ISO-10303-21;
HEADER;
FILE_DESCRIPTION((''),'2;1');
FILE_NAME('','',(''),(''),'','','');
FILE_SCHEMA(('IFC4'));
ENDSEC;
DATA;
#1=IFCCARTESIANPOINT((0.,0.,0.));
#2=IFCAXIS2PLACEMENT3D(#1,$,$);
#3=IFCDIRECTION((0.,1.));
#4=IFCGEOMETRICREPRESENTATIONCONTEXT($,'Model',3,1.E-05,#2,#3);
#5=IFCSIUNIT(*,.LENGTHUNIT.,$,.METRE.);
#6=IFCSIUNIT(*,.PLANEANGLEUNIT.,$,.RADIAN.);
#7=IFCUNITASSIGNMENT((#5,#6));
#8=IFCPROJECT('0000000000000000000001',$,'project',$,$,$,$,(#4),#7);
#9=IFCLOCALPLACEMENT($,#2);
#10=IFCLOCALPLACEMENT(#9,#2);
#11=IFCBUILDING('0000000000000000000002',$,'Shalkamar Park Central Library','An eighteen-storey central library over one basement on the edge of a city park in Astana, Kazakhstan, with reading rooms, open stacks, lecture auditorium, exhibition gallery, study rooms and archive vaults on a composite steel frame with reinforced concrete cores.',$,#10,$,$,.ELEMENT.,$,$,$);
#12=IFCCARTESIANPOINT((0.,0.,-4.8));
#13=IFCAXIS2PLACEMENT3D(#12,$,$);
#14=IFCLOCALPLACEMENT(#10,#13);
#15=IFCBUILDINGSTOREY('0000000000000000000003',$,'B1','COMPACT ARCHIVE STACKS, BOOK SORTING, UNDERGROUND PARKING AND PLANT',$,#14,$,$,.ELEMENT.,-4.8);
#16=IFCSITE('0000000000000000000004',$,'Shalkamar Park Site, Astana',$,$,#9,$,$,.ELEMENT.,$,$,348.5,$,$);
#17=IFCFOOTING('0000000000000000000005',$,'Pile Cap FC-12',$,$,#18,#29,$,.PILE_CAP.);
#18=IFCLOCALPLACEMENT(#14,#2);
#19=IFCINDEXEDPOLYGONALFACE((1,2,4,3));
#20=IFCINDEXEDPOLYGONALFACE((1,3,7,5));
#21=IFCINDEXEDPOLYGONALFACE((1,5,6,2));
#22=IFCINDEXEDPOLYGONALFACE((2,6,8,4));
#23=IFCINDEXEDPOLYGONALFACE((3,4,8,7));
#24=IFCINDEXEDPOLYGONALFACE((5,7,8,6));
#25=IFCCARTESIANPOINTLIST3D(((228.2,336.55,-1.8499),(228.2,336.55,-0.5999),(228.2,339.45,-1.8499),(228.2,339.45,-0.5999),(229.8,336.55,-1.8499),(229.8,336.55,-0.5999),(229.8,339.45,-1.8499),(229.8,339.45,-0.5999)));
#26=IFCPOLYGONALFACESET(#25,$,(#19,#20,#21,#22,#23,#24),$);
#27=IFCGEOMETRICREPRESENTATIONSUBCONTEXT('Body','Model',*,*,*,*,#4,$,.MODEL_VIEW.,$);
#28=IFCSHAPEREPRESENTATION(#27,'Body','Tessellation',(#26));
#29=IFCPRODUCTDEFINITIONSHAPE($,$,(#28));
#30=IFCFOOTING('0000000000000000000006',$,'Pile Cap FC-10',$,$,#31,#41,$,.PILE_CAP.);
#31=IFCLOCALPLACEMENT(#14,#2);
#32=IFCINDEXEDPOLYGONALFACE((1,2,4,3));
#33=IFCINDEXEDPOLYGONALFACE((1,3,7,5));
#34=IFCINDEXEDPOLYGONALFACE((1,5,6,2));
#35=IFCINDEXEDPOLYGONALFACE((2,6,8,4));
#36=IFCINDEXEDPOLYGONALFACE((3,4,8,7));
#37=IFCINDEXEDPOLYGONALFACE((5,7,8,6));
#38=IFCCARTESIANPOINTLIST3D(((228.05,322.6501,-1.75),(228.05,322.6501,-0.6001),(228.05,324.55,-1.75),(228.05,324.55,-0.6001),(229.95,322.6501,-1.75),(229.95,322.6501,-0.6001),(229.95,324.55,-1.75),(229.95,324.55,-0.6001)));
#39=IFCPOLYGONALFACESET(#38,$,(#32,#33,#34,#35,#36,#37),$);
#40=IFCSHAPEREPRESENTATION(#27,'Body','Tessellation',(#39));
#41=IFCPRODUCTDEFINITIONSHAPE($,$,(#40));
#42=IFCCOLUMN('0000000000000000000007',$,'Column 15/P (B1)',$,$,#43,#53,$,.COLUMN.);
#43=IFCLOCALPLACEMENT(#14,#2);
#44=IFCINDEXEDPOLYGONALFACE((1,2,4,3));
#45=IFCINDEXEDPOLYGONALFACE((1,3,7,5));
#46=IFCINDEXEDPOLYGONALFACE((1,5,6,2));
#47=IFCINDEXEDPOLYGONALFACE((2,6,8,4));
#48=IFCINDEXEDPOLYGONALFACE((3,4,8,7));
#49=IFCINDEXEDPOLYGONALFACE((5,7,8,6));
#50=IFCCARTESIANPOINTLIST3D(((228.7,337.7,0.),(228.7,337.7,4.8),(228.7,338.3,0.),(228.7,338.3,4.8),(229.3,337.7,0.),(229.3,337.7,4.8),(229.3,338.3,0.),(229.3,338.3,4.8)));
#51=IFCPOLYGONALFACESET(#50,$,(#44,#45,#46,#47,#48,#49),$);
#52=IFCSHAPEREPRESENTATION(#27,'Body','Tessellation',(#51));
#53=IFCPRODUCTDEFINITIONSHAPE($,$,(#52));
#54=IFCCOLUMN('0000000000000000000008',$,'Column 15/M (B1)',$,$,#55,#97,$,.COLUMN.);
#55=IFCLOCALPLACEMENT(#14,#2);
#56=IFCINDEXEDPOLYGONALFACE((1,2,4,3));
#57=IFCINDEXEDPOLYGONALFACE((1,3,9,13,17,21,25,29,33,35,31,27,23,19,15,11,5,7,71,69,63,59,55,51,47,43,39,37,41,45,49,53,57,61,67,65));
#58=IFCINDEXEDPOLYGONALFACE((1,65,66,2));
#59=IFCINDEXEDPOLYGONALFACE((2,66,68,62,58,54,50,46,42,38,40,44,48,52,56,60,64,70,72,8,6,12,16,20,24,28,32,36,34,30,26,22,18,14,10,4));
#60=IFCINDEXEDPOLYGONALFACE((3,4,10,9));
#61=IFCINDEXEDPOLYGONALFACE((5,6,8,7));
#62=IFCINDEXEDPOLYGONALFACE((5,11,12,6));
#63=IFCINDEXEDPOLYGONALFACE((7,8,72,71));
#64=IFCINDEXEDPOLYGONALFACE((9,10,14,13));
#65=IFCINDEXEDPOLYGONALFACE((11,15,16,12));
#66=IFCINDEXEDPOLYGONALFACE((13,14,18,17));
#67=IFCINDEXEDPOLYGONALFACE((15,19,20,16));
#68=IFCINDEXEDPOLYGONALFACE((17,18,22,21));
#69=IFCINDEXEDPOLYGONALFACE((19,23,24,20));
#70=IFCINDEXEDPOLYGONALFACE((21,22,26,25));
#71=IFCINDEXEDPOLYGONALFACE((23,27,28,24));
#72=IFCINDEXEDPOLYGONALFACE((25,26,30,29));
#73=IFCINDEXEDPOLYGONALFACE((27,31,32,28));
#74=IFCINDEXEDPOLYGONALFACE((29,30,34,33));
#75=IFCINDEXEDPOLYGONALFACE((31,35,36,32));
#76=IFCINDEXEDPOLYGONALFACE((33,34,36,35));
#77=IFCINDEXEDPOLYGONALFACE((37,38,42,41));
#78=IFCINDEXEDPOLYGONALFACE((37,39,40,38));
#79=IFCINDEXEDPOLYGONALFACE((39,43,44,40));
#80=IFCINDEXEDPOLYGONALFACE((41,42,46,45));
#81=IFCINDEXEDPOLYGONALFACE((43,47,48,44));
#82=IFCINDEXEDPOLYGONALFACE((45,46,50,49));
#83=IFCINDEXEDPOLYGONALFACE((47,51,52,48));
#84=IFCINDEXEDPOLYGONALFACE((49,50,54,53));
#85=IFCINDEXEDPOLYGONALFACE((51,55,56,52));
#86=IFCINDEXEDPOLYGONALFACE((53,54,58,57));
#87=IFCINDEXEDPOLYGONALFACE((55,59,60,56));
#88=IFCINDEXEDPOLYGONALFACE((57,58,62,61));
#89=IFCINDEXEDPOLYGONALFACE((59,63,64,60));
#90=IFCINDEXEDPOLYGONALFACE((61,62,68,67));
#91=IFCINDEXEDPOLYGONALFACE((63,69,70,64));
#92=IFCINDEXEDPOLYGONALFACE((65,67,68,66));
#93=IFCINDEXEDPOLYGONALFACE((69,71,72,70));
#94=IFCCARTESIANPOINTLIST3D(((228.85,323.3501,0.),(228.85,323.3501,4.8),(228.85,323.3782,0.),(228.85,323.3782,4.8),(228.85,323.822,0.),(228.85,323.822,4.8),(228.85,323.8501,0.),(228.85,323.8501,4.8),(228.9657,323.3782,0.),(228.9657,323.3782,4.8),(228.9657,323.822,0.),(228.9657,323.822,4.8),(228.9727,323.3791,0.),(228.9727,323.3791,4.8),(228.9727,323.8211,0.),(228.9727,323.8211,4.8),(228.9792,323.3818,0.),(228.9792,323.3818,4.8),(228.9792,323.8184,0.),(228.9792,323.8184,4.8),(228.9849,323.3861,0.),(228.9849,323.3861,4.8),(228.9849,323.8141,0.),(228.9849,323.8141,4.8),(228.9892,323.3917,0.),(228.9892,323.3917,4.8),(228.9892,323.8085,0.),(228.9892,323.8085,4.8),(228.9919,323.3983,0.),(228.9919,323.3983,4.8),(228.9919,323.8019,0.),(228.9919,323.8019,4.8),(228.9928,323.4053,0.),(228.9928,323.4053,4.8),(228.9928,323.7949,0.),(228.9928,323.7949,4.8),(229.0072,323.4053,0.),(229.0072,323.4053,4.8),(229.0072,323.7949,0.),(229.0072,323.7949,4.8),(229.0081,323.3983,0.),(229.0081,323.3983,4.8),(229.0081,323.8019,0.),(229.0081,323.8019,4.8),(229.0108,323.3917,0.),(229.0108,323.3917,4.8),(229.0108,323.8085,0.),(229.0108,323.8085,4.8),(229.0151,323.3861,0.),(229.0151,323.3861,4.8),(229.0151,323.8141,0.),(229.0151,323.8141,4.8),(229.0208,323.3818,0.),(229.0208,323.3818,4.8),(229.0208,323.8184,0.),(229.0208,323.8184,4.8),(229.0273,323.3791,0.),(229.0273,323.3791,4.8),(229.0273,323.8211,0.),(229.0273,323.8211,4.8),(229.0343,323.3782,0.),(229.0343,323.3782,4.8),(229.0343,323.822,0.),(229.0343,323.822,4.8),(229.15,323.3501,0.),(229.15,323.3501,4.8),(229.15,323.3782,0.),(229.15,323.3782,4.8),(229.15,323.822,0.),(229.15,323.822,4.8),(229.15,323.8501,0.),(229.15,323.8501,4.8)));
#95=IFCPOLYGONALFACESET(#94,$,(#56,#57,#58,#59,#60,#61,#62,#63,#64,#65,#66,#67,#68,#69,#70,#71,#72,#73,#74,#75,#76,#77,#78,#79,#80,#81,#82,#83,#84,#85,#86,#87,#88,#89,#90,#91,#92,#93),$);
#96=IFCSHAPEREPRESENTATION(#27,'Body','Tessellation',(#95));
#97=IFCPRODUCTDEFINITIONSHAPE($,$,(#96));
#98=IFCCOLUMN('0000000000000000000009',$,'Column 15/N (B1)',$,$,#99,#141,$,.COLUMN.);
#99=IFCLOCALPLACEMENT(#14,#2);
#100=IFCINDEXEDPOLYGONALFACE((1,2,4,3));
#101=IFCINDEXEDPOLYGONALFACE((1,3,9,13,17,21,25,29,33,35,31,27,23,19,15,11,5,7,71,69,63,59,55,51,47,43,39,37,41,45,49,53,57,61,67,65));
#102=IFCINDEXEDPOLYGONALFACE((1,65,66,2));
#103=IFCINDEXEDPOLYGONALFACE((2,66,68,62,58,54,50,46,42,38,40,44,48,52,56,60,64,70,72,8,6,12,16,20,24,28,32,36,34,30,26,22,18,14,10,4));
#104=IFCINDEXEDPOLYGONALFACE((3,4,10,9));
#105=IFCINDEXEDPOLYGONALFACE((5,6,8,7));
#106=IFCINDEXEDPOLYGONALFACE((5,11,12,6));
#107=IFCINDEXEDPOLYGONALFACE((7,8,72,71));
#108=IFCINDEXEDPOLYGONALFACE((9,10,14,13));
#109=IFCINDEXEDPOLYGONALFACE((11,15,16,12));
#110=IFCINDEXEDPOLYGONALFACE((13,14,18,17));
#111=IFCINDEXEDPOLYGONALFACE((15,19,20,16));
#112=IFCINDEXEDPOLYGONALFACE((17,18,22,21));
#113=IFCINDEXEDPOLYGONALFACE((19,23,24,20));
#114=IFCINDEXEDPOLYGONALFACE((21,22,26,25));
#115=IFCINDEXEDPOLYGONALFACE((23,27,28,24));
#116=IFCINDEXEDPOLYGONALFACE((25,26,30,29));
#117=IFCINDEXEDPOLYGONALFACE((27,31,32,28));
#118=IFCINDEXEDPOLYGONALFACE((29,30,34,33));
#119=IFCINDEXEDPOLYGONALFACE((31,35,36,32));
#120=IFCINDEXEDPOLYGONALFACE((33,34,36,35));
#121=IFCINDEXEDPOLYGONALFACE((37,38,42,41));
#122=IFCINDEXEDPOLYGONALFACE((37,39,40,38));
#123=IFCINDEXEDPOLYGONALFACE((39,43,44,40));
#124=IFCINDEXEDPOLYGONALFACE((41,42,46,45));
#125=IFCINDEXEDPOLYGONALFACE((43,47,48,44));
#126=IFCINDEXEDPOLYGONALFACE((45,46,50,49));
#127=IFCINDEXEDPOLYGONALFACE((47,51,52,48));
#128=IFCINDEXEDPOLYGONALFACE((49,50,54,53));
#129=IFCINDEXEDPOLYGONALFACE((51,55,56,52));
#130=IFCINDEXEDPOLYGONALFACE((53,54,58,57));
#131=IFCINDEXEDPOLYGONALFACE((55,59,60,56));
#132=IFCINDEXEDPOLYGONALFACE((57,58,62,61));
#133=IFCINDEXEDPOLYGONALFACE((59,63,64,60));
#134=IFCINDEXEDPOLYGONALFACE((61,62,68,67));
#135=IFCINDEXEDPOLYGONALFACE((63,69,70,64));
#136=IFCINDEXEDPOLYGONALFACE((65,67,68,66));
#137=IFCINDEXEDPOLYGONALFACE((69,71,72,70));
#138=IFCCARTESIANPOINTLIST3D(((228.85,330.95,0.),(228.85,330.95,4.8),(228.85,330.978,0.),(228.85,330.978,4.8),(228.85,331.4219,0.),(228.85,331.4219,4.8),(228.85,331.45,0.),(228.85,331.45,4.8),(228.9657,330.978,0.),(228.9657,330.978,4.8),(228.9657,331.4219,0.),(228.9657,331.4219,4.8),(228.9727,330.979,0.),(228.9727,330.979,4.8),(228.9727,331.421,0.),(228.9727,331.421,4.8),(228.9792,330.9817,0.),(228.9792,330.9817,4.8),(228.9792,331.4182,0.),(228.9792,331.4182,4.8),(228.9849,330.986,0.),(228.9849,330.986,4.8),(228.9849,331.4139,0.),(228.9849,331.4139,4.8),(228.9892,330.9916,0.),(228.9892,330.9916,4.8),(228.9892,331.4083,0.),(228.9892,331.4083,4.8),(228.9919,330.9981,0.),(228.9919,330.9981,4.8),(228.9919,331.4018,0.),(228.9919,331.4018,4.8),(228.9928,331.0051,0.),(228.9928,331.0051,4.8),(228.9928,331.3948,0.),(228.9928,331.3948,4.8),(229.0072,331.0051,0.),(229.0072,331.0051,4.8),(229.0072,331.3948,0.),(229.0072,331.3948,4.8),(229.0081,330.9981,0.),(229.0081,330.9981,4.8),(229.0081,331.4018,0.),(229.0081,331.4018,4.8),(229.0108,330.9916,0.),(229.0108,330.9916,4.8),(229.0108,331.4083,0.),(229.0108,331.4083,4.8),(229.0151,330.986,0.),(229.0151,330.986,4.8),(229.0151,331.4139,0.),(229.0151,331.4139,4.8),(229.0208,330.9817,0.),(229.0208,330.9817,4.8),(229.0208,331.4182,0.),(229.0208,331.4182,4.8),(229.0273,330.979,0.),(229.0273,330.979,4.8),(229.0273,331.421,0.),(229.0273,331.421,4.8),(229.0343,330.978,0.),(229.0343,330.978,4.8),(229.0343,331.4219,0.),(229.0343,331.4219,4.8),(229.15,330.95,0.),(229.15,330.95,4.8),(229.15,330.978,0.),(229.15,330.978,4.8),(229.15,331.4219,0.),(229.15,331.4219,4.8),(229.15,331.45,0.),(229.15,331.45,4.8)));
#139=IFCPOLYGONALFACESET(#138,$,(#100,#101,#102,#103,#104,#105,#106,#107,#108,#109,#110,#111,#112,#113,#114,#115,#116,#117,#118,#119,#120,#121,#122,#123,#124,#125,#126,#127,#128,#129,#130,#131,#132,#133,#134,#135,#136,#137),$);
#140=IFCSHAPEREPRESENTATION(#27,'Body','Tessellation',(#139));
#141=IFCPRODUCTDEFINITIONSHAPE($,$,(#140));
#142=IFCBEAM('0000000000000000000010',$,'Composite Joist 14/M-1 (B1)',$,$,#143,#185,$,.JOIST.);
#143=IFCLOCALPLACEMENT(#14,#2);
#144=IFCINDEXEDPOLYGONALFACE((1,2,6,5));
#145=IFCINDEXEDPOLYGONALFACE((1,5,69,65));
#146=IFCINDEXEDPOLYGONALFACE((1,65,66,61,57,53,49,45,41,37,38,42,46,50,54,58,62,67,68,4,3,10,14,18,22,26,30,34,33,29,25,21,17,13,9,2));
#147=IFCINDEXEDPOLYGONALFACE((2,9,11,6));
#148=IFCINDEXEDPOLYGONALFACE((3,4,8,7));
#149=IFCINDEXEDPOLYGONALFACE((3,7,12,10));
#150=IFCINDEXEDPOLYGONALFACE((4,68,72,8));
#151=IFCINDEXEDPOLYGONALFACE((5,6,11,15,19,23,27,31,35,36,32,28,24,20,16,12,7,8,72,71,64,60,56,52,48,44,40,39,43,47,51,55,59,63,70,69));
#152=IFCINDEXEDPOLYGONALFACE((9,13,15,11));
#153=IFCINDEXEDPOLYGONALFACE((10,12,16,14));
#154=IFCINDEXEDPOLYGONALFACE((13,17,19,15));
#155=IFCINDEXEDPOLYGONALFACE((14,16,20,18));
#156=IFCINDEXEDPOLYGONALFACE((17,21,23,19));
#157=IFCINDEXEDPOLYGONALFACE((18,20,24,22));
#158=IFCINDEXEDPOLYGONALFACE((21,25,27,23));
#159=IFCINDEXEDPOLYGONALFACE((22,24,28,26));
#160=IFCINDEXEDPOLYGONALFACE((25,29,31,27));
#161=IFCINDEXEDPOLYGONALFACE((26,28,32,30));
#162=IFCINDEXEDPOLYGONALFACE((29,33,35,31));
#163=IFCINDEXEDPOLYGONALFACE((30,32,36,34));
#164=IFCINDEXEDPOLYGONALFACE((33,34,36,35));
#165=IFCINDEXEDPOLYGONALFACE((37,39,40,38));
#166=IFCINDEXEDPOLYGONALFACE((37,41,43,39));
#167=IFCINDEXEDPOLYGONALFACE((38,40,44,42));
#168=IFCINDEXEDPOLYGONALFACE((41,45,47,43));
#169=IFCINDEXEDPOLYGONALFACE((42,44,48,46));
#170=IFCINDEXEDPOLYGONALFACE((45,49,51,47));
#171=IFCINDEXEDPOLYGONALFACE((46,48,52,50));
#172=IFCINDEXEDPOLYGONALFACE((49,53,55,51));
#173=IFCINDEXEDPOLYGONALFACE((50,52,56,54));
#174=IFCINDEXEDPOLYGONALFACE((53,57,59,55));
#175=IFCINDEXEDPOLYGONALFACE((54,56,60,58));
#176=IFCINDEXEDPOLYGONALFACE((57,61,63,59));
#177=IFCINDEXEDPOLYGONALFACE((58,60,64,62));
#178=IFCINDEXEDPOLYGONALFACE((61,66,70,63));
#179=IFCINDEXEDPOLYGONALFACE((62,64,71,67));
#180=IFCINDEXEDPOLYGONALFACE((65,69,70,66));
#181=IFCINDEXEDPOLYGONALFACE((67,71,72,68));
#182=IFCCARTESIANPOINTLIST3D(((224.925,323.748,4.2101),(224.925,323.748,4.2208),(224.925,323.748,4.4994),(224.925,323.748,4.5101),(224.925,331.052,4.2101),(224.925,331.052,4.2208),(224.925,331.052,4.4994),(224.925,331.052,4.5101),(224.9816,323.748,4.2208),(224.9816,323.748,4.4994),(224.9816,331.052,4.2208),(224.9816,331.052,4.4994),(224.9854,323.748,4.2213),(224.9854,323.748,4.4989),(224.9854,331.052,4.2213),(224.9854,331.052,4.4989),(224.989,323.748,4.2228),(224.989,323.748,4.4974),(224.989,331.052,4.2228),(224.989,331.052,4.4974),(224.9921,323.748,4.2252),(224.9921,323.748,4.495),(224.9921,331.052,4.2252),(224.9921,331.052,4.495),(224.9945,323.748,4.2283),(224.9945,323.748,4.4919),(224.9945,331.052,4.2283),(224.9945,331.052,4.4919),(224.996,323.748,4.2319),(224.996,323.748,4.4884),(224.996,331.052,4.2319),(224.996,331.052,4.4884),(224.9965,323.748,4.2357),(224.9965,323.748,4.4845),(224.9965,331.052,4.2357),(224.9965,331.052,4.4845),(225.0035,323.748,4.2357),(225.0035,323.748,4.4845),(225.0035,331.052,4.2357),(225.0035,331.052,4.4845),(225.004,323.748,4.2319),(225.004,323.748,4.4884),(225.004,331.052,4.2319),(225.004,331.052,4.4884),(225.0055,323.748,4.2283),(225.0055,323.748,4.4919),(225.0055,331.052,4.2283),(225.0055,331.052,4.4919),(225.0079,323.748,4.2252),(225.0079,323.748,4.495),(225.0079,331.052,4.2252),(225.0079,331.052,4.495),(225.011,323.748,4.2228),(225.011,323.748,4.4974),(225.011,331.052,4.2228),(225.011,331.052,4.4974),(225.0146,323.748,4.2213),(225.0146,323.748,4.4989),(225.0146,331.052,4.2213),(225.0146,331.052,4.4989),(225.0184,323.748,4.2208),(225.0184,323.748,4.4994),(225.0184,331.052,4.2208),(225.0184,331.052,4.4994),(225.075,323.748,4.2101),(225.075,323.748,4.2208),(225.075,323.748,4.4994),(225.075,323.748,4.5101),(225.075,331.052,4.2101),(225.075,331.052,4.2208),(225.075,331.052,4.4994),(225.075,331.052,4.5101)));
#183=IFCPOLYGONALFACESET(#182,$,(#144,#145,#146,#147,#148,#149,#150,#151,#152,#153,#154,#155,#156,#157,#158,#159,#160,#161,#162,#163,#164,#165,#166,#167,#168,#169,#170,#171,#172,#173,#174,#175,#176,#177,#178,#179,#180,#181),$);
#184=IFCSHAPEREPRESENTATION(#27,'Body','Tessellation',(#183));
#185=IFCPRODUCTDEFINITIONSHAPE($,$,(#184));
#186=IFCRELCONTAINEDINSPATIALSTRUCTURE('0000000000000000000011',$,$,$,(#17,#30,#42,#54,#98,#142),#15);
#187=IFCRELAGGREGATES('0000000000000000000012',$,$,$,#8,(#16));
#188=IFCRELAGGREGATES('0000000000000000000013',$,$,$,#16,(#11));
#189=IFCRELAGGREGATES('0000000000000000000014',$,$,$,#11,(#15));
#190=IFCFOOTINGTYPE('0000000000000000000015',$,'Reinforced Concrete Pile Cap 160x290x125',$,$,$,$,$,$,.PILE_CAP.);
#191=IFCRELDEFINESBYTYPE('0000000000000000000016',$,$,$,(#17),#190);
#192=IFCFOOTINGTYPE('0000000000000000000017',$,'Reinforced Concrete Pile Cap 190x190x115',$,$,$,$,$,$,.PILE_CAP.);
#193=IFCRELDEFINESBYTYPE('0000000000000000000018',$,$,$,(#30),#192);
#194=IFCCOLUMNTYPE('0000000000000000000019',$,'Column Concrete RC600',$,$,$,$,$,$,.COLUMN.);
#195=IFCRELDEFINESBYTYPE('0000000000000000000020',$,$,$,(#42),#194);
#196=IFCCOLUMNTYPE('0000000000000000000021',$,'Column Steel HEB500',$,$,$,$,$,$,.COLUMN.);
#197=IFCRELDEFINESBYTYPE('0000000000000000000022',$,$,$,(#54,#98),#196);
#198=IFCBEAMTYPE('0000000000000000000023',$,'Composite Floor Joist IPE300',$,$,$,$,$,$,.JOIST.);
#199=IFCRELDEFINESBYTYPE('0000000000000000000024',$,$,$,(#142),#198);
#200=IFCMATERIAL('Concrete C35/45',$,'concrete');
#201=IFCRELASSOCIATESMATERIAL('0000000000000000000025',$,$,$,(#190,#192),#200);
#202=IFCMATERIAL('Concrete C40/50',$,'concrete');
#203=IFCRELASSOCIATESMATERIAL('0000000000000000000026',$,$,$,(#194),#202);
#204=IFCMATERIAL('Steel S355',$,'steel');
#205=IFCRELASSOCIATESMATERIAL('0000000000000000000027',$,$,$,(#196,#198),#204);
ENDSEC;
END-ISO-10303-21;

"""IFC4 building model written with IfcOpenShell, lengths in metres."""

from ifc_helpers import new_model, si_unit, direction, frame, origin, origin_2d, place, context, subcontext, project, spatial, rectangle, i_section, extrude, material, material_profile, profile_set, type_object, element, save


model = new_model("IFC4")

# Units and contexts
model_context = context("Model", 3, precision=1e-05, world=origin(), true_north=direction((0.0, 1.0)))
body_context = subcontext(model_context, "Body", "Model", "MODEL_VIEW")
ifc_project = project(units=[si_unit("LENGTHUNIT", "METRE"), si_unit("PLANEANGLEUNIT", "RADIAN")], contexts=[model_context])

# Site, building, storey
site_placement = place(None, origin())
site = spatial("IfcSite", under=ifc_project, at=site_placement, Name="Shalkamar Park Site, Astana", CompositionType="ELEMENT", RefElevation=348.5)
building_placement = place(site_placement, origin())
building = spatial("IfcBuilding", under=site, at=building_placement, Name="Shalkamar Park Central Library", Description="An eighteen-storey central library over one basement on the edge of a city park in Astana, Kazakhstan, with reading rooms, open stacks, lecture auditorium, exhibition gallery, study rooms and archive vaults on a composite steel frame with reinforced concrete cores.", CompositionType="ELEMENT")
storey_placement = place(building_placement, frame((0.0, 0.0, -4.8)))
storey = spatial("IfcBuildingStorey", under=building, at=storey_placement, Name="B1", Description="COMPACT ARCHIVE STACKS, BOOK SORTING, UNDERGROUND PARKING AND PLANT", CompositionType="ELEMENT", Elevation=-4.8)

# Shared definitions
ifc_material_1 = material(Name="Concrete C35/45", Category="concrete")

# Footings
footing_type_1 = type_object("IfcFootingType", Name="Reinforced Concrete Pile Cap 160x290x125", PredefinedType="PILE_CAP", material=ifc_material_1)
footing_1_placement = place(storey_placement, frame((229.0, 338.0, -1.8499), z_axis=(0.0, 0.0, 1.0), x_axis=(1.0, 0.0, 0.0)))
element("IfcFooting", 1, at=footing_1_placement, inside=storey, type_object=footing_type_1, Name="Pile Cap FC-12", PredefinedType="PILE_CAP", context=body_context, shape_type="SweptSolid", body=[
    extrude(rectangle(XDim=1.6001, YDim=2.8999, at=origin_2d()), origin(), (0.0, 0.0, 1.0), 1.25),
])
footing_type_2 = type_object("IfcFootingType", Name="Reinforced Concrete Pile Cap 190x190x115", PredefinedType="PILE_CAP", material=ifc_material_1)
footing_2_placement = place(storey_placement, frame((229.0, 323.6001, -1.75), z_axis=(0.0, 0.0, 1.0), x_axis=(1.0, 0.0, 0.0)))
element("IfcFooting", 2, at=footing_2_placement, inside=storey, type_object=footing_type_2, Name="Pile Cap FC-10", PredefinedType="PILE_CAP", context=body_context, shape_type="SweptSolid", body=[
    extrude(rectangle(XDim=1.8999, YDim=1.8999, at=origin_2d()), origin(), (0.0, 0.0, 1.0), 1.1499),
])

# Columns
ifc_material_2 = material(Name="Concrete C40/50", Category="concrete")
ifc_material_profile_1 = material_profile(ifc_material_2, rectangle(XDim=0.6001, YDim=0.6001, at=origin_2d()), Name="RC 600x600")
ifc_profile_set_1 = profile_set([ifc_material_profile_1], Name="Concrete C40/50")
column_type_1 = type_object("IfcColumnType", Name="Column Concrete RC600", PredefinedType="COLUMN", material=ifc_profile_set_1)
column_placement = place(storey_placement, frame((229.0, 338.0, 0.0), z_axis=(0.0, 0.0, 1.0), x_axis=(1.0, 0.0, 0.0)))
element("IfcColumn", 3, at=column_placement, inside=storey, type_object=column_type_1, Name="Column 15/P (B1)", PredefinedType="COLUMN", context=body_context, shape_type="SweptSolid", body=[
    extrude(rectangle(XDim=0.6001, YDim=0.6001, at=origin_2d()), origin(), (0.0, 0.0, 1.0), 4.8),
])
ifc_material_3 = material(Name="Steel S355", Category="steel")
ifc_material_profile_2 = material_profile(ifc_material_3, i_section(OverallWidth=0.3, OverallDepth=0.5, WebThickness=0.0144, FlangeThickness=0.0281, FilletRadius=0.0271, at=origin_2d()), Name="HEB 500")
ifc_profile_set_2 = profile_set([ifc_material_profile_2], Name="Steel S355")
column_type_2 = type_object("IfcColumnType", Name="Column Steel HEB500", PredefinedType="COLUMN", material=ifc_profile_set_2)
for number, where, z_axis, x_axis, name in (
    (4, (229.0, 323.6001, 0.0), (0.0, 0.0, 1.0), (1.0, 0.0, 0.0), "Column 15/M (B1)"),
    (5, (229.0, 331.2, 0.0), (0.0, 0.0, 1.0), (1.0, 0.0, 0.0), "Column 15/N (B1)"),
):
    element("IfcColumn", number, at=place(storey_placement, frame(where, z_axis=z_axis, x_axis=x_axis)), inside=storey, type_object=column_type_2, Name=name, PredefinedType="COLUMN", context=body_context, shape_type="SweptSolid", body=[
        extrude(i_section(OverallWidth=0.3, OverallDepth=0.5, WebThickness=0.0144, FlangeThickness=0.0281, FilletRadius=0.0271, at=origin_2d()), origin(), (0.0, 0.0, 1.0), 4.8),
    ])

# Beam
ifc_material_profile_3 = material_profile(ifc_material_3, i_section(OverallWidth=0.1499, OverallDepth=0.3, WebThickness=0.0071, FlangeThickness=0.0107, FilletRadius=0.0149, at=origin_2d()), Name="IPE 300")
ifc_profile_set_3 = profile_set([ifc_material_profile_3], Name="Steel S355")
beam_type_1 = type_object("IfcBeamType", Name="Composite Floor Joist IPE300", PredefinedType="JOIST", material=ifc_profile_set_3)
beam_1_placement = place(storey_placement, frame((225.0, 323.748, 4.3601), z_axis=(0.0, 1.0, 0.0), x_axis=(-1.0, 0.0, 0.0)))
element("IfcBeam", 6, at=beam_1_placement, inside=storey, type_object=beam_type_1, Name="Composite Joist 14/M-1 (B1)", PredefinedType="JOIST", context=body_context, shape_type="SweptSolid", body=[
    extrude(i_section(OverallWidth=0.1499, OverallDepth=0.3, WebThickness=0.0071, FlangeThickness=0.0107, FilletRadius=0.0149, at=origin_2d()), origin(), (0.0, 0.0, 1.0), 7.304),
])

save(model, "model.ifc")
